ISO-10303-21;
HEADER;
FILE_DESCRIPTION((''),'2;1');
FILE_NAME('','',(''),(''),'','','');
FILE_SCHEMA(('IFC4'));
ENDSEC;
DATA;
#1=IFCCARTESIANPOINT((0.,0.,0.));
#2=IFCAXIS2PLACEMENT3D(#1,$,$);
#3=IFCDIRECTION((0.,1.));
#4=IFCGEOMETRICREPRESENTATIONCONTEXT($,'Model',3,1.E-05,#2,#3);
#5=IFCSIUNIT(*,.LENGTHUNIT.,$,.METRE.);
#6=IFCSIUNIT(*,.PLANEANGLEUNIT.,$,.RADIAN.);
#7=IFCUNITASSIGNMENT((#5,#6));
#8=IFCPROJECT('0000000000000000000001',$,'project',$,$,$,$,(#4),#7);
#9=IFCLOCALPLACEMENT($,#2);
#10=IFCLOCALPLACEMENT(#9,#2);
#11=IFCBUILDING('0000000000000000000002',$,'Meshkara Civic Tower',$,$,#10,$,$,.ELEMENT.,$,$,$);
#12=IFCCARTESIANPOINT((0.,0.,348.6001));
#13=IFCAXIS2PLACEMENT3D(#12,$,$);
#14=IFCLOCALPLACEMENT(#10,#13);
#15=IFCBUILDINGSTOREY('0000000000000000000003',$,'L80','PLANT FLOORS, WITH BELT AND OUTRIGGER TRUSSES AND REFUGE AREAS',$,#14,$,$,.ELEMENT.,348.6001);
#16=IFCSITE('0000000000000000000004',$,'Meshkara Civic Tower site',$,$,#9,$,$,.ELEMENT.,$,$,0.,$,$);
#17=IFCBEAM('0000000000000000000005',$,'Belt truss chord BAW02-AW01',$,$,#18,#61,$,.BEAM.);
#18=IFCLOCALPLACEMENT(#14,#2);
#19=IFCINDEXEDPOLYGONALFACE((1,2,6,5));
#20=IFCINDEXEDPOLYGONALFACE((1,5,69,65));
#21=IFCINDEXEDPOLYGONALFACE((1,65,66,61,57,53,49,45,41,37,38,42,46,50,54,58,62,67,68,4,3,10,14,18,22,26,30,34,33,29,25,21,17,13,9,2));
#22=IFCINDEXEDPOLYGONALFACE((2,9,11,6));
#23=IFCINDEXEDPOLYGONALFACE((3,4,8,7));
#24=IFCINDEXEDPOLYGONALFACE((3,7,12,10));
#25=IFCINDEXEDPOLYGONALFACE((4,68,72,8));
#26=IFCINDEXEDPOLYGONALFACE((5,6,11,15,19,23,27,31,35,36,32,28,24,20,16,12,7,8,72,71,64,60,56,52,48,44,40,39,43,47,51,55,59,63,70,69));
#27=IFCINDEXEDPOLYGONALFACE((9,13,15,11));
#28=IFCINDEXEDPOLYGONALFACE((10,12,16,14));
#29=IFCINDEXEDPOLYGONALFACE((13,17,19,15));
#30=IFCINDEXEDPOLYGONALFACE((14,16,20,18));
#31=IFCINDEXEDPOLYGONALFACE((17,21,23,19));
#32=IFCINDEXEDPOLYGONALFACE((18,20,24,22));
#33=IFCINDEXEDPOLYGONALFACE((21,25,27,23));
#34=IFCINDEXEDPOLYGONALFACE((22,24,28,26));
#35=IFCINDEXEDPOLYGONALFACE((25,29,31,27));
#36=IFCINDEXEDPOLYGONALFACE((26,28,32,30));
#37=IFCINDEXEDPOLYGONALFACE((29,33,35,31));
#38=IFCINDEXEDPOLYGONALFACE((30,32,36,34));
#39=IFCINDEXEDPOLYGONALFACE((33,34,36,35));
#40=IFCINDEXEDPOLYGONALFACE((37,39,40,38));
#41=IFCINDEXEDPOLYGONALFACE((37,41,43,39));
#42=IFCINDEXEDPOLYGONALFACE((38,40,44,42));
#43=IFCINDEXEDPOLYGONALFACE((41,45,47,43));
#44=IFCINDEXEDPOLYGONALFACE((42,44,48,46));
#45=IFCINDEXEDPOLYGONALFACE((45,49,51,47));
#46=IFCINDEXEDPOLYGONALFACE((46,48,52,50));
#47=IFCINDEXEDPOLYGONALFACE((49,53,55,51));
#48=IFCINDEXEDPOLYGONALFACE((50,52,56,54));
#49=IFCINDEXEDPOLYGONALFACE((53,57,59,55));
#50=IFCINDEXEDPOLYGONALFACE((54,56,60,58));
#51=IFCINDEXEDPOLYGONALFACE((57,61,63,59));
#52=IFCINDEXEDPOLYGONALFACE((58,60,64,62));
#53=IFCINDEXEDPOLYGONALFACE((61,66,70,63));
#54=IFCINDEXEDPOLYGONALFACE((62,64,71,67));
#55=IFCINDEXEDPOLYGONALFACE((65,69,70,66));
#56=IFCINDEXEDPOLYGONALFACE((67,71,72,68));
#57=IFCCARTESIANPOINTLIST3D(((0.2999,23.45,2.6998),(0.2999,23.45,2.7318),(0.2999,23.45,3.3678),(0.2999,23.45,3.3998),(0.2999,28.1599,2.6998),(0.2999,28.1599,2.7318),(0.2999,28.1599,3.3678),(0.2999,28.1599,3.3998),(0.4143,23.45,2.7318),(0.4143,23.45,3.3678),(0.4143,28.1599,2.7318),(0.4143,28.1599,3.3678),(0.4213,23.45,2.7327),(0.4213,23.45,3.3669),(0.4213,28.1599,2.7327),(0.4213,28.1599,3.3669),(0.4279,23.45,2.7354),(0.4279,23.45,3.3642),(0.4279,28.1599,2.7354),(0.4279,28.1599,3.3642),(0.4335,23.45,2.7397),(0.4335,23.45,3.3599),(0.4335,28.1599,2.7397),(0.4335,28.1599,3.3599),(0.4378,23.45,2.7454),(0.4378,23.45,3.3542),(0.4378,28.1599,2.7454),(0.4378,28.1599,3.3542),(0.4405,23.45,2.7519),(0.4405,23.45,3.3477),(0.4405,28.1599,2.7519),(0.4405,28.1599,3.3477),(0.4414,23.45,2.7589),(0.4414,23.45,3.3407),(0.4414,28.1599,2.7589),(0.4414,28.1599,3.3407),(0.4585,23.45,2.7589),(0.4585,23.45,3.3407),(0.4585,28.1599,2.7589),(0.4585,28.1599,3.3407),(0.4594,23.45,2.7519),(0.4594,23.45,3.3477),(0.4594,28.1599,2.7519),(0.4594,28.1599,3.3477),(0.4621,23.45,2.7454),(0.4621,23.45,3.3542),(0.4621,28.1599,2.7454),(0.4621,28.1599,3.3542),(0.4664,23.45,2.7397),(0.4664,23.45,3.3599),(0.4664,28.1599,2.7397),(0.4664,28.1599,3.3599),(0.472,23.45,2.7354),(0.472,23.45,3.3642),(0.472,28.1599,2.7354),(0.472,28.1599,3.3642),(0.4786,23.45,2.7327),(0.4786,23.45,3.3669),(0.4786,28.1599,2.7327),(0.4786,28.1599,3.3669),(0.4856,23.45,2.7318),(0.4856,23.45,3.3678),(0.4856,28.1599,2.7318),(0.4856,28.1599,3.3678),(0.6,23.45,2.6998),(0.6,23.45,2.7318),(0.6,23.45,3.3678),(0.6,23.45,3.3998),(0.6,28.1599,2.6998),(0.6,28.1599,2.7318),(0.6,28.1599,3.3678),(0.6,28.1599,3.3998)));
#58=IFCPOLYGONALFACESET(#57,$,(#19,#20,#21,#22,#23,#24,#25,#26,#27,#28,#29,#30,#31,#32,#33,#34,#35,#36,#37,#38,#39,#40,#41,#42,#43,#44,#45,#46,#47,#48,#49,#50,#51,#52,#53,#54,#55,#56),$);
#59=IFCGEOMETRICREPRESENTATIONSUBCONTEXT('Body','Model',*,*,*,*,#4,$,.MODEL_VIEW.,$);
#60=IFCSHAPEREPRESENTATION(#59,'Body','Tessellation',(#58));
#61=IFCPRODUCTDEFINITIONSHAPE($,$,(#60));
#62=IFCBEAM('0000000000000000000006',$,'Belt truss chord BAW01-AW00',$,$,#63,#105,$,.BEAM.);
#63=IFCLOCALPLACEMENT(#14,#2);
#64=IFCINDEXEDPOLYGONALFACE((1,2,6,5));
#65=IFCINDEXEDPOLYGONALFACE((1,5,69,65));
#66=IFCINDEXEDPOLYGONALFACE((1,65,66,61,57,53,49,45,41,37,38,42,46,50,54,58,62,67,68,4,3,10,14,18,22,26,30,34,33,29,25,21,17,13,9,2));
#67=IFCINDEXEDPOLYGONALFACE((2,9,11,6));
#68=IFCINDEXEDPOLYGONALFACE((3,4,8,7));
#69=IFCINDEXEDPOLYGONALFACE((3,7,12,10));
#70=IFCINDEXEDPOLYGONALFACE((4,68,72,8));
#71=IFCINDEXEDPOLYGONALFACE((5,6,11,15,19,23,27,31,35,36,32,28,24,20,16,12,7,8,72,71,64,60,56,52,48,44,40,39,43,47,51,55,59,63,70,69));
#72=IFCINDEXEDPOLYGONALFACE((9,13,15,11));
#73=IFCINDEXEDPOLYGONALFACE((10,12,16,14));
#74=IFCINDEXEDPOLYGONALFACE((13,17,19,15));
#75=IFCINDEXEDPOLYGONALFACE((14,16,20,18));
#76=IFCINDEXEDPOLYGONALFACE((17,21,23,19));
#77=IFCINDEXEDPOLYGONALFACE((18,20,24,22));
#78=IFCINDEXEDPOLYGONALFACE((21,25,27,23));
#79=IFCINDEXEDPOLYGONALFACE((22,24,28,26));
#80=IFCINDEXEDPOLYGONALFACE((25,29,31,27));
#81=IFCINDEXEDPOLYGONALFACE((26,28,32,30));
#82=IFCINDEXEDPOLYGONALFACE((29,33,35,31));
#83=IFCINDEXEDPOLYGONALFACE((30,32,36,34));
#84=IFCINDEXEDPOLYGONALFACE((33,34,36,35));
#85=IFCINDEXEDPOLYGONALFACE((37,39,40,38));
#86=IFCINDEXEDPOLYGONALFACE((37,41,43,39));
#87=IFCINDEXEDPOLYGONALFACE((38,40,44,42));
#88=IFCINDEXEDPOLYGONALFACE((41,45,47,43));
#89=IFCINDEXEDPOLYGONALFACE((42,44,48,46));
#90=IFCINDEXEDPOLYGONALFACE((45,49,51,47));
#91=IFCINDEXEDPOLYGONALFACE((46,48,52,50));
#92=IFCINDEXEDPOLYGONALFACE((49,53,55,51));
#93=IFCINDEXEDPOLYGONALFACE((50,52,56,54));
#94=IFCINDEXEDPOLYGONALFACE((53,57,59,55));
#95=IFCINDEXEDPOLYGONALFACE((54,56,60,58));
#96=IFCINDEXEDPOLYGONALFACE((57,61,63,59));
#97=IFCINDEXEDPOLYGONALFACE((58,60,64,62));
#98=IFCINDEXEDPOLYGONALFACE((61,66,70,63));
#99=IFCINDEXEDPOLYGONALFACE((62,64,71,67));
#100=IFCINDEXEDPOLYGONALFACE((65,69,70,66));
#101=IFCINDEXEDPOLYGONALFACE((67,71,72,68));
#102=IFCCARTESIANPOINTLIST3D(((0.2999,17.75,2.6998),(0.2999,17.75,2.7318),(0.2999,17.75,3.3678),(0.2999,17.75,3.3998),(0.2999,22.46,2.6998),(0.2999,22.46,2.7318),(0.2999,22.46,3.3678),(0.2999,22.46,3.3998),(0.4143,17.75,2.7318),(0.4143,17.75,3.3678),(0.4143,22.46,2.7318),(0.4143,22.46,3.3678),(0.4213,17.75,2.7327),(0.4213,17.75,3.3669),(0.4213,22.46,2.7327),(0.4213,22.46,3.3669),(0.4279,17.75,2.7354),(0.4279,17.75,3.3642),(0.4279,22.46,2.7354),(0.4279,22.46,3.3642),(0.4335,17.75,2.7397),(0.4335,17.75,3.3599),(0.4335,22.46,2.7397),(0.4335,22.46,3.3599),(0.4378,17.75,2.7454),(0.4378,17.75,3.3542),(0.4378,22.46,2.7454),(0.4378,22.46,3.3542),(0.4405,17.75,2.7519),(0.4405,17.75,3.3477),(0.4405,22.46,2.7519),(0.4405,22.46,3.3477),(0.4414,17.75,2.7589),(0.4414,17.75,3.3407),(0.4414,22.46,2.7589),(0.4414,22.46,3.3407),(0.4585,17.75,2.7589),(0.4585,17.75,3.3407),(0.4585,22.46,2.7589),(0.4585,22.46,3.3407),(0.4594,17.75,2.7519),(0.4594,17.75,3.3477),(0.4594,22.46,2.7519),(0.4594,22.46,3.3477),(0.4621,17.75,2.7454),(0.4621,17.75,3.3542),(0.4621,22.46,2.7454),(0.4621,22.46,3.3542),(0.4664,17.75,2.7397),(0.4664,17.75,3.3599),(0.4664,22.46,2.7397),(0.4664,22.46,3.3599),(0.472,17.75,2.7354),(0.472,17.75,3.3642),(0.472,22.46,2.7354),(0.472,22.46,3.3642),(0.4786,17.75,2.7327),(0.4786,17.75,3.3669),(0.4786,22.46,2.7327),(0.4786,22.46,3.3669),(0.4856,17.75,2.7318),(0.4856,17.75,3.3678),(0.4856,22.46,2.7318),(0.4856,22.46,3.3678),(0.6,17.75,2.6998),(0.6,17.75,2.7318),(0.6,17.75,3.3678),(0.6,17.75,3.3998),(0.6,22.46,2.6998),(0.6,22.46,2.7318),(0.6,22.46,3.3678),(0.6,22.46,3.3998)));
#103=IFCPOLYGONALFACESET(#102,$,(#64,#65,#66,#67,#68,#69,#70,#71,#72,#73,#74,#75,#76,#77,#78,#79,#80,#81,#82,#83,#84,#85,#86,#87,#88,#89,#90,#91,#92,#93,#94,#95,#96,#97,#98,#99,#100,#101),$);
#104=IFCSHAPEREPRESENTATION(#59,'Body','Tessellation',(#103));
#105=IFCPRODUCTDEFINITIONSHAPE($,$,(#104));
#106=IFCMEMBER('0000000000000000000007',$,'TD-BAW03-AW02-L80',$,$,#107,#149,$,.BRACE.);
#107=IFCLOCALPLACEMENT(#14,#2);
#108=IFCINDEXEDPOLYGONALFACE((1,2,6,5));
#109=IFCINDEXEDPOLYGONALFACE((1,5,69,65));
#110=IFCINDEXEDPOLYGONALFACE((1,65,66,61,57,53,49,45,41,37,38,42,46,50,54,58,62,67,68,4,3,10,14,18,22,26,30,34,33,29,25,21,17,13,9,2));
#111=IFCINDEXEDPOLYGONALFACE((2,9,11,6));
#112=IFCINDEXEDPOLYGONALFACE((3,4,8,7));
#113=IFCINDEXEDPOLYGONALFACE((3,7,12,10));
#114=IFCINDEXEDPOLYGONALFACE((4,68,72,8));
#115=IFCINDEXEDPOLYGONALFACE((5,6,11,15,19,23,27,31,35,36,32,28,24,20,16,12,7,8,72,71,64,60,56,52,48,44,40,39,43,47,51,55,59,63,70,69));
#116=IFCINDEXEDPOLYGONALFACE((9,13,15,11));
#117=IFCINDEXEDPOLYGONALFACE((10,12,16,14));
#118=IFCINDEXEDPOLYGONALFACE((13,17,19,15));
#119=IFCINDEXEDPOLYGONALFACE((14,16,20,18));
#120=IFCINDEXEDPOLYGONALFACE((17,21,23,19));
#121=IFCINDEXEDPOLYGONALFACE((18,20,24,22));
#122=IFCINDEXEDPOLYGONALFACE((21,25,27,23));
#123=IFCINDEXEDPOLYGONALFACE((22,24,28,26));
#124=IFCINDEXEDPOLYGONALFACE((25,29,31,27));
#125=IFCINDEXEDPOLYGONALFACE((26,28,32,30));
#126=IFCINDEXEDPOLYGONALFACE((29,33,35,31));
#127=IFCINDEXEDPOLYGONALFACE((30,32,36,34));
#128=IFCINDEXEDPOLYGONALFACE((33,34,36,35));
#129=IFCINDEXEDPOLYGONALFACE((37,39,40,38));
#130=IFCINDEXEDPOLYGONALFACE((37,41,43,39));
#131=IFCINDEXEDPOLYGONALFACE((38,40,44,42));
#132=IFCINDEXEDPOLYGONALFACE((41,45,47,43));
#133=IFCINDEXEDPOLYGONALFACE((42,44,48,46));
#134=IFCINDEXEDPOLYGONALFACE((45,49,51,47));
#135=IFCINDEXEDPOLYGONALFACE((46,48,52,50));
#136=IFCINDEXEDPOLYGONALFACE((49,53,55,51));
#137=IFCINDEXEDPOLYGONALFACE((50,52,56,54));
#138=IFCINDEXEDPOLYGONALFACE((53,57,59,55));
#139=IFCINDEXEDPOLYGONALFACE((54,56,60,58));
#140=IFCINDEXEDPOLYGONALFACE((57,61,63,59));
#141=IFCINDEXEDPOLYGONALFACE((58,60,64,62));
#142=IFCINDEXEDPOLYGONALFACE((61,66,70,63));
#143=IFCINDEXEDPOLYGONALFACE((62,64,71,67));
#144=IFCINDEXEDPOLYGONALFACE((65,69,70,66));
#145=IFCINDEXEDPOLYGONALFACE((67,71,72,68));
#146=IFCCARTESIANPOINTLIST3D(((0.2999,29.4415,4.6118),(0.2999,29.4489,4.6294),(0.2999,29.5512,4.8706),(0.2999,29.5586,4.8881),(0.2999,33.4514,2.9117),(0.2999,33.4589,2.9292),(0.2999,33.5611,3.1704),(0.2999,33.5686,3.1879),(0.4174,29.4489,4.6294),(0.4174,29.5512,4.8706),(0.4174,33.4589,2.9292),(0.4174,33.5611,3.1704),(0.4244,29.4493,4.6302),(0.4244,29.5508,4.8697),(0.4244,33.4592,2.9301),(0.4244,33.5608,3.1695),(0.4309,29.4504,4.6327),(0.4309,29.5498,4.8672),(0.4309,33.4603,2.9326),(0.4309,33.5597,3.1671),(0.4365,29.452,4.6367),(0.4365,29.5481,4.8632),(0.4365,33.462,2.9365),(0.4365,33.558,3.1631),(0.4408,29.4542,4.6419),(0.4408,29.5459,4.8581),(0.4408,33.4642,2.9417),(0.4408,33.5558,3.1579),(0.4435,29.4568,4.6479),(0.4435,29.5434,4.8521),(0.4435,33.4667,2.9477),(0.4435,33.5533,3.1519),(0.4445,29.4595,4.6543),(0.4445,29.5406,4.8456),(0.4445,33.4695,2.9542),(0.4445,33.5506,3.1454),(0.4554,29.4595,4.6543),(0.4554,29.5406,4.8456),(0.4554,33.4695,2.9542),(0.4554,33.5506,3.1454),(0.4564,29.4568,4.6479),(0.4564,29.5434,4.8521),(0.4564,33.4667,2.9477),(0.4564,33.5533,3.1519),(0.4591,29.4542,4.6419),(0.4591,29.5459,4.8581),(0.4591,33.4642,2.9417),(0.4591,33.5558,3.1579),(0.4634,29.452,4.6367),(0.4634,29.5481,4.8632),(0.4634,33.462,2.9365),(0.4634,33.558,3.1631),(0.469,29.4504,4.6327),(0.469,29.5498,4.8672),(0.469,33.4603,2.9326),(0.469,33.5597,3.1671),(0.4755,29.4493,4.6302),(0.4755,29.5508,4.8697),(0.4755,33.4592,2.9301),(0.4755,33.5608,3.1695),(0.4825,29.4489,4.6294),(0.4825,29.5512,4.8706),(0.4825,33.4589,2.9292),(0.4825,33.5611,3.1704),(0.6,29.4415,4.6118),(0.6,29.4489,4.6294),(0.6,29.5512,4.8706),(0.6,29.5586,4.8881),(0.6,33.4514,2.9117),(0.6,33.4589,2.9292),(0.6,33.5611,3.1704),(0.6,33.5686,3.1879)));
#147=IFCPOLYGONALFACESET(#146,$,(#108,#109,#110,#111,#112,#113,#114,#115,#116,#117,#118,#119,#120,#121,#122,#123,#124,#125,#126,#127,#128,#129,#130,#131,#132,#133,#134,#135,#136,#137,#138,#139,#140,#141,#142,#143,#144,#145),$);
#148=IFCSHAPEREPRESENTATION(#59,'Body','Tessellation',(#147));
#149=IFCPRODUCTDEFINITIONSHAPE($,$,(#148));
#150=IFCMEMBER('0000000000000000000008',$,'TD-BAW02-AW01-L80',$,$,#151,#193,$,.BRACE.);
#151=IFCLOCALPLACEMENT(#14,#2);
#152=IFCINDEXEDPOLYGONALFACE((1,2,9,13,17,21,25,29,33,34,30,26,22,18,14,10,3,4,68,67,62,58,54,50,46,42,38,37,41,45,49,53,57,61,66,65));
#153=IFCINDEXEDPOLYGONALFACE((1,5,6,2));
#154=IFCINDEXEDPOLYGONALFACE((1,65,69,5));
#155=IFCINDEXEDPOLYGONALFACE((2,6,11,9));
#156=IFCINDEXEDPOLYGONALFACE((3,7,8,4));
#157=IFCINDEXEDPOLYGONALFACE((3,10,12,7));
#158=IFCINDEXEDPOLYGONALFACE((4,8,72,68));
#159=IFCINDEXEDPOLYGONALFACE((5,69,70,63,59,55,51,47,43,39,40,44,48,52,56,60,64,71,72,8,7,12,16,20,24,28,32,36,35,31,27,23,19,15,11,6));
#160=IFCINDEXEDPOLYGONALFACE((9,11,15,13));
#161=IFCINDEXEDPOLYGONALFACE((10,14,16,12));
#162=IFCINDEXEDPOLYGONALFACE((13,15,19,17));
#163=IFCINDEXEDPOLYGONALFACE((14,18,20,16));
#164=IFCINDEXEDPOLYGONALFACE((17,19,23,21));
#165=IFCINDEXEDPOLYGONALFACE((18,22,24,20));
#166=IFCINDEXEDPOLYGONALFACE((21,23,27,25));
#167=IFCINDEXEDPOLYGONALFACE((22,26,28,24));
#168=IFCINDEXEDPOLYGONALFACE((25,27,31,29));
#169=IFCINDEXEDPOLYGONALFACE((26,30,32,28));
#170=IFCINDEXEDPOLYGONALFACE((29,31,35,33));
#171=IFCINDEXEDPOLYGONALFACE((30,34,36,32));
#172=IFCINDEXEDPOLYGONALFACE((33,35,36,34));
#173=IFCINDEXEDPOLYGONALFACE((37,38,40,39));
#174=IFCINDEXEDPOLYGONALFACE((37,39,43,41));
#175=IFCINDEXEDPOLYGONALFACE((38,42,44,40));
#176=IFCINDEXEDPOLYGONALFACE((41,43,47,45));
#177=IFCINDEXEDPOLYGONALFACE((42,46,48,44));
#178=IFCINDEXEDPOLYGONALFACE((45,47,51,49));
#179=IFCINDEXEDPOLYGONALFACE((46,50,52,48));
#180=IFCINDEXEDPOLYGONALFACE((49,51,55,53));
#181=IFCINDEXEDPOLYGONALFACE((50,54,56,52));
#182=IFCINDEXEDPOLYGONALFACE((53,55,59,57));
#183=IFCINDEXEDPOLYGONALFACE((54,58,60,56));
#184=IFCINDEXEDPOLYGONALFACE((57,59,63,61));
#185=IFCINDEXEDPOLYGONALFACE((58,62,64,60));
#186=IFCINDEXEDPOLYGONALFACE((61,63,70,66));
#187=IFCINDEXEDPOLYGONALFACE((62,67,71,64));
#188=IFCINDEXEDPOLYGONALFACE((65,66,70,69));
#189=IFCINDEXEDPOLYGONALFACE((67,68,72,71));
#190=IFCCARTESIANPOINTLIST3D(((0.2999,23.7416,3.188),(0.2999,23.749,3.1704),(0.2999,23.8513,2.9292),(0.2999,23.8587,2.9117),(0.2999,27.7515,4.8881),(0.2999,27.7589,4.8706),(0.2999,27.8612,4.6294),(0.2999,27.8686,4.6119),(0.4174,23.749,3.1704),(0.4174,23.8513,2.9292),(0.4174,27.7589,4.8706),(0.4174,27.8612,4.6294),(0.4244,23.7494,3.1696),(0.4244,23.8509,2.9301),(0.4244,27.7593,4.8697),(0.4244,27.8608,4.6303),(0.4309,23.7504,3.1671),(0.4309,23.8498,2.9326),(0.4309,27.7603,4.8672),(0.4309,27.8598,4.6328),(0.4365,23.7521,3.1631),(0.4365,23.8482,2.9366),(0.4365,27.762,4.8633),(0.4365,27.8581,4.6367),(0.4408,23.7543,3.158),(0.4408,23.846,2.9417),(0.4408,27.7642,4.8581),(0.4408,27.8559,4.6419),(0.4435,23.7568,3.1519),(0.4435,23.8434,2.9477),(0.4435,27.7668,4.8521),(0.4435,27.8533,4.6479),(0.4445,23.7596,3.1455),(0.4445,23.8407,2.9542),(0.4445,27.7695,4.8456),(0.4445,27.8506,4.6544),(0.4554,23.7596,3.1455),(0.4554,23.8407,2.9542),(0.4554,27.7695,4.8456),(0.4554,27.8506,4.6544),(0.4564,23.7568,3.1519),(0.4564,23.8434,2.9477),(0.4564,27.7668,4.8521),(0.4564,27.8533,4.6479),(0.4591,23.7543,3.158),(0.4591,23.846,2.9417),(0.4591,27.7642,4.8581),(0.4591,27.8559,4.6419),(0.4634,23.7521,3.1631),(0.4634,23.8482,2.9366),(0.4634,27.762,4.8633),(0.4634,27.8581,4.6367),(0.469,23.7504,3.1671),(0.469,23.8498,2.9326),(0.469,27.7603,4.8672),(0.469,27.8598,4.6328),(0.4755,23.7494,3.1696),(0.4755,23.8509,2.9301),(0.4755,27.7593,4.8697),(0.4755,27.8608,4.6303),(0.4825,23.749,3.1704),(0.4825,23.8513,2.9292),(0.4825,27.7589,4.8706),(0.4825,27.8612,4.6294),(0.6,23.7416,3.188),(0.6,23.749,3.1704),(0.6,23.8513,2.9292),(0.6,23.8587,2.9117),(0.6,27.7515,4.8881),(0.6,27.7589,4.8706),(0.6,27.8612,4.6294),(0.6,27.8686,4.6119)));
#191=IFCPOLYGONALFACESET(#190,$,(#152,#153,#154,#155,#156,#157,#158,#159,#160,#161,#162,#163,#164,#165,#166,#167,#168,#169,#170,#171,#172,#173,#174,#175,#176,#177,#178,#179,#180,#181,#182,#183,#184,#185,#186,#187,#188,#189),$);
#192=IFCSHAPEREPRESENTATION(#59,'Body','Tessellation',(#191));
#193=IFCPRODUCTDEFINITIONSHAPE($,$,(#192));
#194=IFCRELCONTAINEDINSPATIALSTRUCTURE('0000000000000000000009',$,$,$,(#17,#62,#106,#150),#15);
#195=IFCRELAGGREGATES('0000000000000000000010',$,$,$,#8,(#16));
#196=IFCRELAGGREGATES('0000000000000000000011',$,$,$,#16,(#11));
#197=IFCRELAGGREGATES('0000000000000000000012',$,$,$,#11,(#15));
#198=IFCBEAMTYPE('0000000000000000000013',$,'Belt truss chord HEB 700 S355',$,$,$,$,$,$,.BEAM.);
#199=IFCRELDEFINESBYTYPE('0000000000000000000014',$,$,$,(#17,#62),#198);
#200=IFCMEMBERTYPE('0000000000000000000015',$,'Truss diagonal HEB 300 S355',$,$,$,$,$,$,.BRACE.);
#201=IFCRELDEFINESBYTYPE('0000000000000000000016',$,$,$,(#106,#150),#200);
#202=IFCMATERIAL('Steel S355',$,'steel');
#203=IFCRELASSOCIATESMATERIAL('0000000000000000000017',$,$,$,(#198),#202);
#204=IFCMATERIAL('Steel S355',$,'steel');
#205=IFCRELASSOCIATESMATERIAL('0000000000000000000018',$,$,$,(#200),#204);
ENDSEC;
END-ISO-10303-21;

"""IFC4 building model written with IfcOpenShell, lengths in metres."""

from ifc_helpers import new_model, si_unit, direction, frame, origin, origin_2d, place, context, subcontext, project, spatial, i_section, extrude, material, material_profile, profile_set, type_object, element, save


model = new_model("IFC4")

# Units and contexts
model_context = context("Model", 3, precision=1e-05, world=origin(), true_north=direction((0.0, 1.0)))
body_context = subcontext(model_context, "Body", "Model", "MODEL_VIEW")
ifc_project = project(units=[si_unit("LENGTHUNIT", "METRE"), si_unit("PLANEANGLEUNIT", "RADIAN")], contexts=[model_context])

# Site, building, storey
site_placement = place(None, origin())
site = spatial("IfcSite", under=ifc_project, at=site_placement, Name="Meshkara Civic Tower site", CompositionType="ELEMENT", RefElevation=0.0)
building_placement = place(site_placement, origin())
building = spatial("IfcBuilding", under=site, at=building_placement, Name="Meshkara Civic Tower", CompositionType="ELEMENT")
storey_placement = place(building_placement, frame((0.0, 0.0, 348.6001)))
storey = spatial("IfcBuildingStorey", under=building, at=storey_placement, Name="L80", Description="PLANT FLOORS, WITH BELT AND OUTRIGGER TRUSSES AND REFUGE AREAS", CompositionType="ELEMENT", Elevation=348.6001)

# Beams
ifc_material_1 = material(Name="Steel S355", Category="steel")
ifc_material_profile_1 = material_profile(ifc_material_1, i_section(OverallWidth=0.3, OverallDepth=0.7, WebThickness=0.0171, FlangeThickness=0.032, FilletRadius=0.0271, at=origin_2d()))
ifc_profile_set_1 = profile_set([ifc_material_profile_1], Name="Steel S355")
beam_type = type_object("IfcBeamType", Name="Belt truss chord HEB 700 S355", PredefinedType="BEAM", material=ifc_profile_set_1)
for number, where, z_axis, x_axis, name in (
    (1, (0.45, 28.1599, 3.0498), (0.0, -1.0, 0.0), (1.0, 0.0, 0.0), "Belt truss chord BAW02-AW01"),
    (2, (0.45, 22.46, 3.0498), (0.0, -1.0, 0.0), (1.0, 0.0, 0.0), "Belt truss chord BAW01-AW00"),
):
    element("IfcBeam", number, at=place(storey_placement, frame(where, z_axis=z_axis, x_axis=x_axis)), inside=storey, type_object=beam_type, Name=name, PredefinedType="BEAM", context=body_context, shape_type="SweptSolid", body=[
        extrude(i_section(OverallWidth=0.3, OverallDepth=0.7, WebThickness=0.0171, FlangeThickness=0.032, FilletRadius=0.0271, at=origin_2d()), origin(), (0.0, 0.0, 1.0), 4.71),
    ])

# Members
ifc_material_2 = material(Name="Steel S355", Category="steel")
ifc_material_profile_2 = material_profile(ifc_material_2, i_section(OverallWidth=0.3, OverallDepth=0.3, WebThickness=0.011, FlangeThickness=0.019, FilletRadius=0.0271, at=origin_2d()))
ifc_profile_set_2 = profile_set([ifc_material_profile_2], Name="Steel S355")
member_type = type_object("IfcMemberType", Name="Truss diagonal HEB 300 S355", PredefinedType="BRACE", material=ifc_profile_set_2)
for number, where, z_axis, x_axis, name in (
    (3, (0.45, 33.51, 3.0498), (0.0, -0.920666, 0.390351), (1.0, 0.0, 0.0), "TD-BAW03-AW02-L80"),
    (4, (0.45, 27.8101, 4.75), (0.0, -0.920666, -0.390351), (1.0, 0.0, 0.0), "TD-BAW02-AW01-L80"),
):
    element("IfcMember", number, at=place(storey_placement, frame(where, z_axis=z_axis, x_axis=x_axis)), inside=storey, type_object=member_type, Name=name, PredefinedType="BRACE", context=body_context, shape_type="SweptSolid", body=[
        extrude(i_section(OverallWidth=0.3, OverallDepth=0.3, WebThickness=0.011, FlangeThickness=0.019, FilletRadius=0.0271, at=origin_2d()), origin(), (0.0, 0.0, 1.0), 4.3555),
    ])

save(model, "model.ifc")
